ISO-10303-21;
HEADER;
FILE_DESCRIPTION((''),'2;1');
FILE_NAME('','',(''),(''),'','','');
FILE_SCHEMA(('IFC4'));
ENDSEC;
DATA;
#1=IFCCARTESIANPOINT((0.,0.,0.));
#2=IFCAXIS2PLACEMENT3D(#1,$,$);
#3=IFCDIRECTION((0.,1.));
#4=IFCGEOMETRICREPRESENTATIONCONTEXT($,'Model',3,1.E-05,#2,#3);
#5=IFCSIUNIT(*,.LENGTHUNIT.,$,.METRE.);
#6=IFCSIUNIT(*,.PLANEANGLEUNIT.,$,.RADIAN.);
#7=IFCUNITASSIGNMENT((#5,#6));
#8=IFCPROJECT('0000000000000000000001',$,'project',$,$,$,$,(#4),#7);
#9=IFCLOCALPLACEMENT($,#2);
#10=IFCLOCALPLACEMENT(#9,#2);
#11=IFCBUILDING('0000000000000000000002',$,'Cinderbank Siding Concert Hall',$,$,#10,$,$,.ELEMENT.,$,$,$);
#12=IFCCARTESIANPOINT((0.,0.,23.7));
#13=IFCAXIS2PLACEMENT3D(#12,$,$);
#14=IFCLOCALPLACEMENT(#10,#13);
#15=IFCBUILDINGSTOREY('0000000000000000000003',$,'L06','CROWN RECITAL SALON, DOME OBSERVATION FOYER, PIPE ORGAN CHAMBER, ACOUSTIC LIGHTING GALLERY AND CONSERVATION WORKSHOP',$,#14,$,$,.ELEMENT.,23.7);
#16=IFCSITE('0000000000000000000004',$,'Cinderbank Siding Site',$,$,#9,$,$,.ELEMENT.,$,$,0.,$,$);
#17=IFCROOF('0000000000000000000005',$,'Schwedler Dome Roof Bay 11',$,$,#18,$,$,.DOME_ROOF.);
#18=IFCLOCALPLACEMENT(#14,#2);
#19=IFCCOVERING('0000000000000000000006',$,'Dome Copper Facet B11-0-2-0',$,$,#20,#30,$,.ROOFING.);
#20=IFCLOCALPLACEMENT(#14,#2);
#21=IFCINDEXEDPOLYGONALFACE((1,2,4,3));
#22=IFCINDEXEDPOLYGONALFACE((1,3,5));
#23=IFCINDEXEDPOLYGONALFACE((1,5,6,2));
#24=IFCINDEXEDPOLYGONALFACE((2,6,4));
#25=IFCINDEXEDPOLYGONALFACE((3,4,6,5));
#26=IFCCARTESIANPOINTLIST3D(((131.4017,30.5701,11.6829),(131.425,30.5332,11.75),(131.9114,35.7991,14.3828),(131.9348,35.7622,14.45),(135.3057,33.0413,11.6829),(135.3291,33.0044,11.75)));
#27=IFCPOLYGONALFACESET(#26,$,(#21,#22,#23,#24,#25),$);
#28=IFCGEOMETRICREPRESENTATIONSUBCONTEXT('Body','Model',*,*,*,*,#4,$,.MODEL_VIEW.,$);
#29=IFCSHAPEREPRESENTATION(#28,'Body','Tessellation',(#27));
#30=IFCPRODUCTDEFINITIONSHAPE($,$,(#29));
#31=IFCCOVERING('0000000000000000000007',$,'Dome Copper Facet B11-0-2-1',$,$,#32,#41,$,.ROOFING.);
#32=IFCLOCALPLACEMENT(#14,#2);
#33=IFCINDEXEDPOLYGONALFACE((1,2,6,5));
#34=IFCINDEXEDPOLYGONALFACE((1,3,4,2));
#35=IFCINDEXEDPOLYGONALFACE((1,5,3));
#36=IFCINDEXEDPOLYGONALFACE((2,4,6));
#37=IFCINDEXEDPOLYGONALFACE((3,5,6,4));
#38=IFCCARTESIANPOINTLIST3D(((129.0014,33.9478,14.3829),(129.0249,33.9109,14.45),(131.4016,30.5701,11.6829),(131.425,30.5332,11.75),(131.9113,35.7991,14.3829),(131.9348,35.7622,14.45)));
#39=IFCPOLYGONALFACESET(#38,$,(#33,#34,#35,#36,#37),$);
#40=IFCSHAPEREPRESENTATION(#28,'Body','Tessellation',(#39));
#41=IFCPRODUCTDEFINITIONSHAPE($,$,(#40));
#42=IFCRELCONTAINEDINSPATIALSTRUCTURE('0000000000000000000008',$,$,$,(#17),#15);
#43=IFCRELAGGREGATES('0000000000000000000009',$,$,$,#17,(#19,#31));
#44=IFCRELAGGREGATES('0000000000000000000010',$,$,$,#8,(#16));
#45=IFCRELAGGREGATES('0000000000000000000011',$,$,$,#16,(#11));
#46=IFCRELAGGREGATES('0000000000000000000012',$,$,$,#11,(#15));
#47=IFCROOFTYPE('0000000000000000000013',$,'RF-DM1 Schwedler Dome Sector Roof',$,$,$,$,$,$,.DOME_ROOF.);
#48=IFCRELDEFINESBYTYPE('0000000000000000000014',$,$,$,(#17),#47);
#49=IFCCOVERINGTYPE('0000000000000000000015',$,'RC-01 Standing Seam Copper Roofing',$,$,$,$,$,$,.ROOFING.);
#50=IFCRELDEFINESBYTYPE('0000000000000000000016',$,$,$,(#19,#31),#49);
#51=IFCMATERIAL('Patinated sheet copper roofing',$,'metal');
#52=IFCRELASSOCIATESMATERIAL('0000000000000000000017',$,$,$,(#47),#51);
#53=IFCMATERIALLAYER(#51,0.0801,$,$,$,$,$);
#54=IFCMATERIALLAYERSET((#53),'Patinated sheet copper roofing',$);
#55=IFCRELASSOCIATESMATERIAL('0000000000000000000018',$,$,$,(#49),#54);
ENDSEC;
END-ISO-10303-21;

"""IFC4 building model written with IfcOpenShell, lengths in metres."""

from ifc_helpers import new_model, si_unit, direction, frame, origin, place, context, subcontext, project, spatial, polyline, outline, extrude, material, layer, layer_set, type_object, element, aggregate, save


model = new_model("IFC4")

# Units and contexts
model_context = context("Model", 3, precision=1e-05, world=origin(), true_north=direction((0.0, 1.0)))
body_context = subcontext(model_context, "Body", "Model", "MODEL_VIEW")
ifc_project = project(units=[si_unit("LENGTHUNIT", "METRE"), si_unit("PLANEANGLEUNIT", "RADIAN")], contexts=[model_context])

# Site, building, storey
site_placement = place(None, origin())
site = spatial("IfcSite", under=ifc_project, at=site_placement, Name="Cinderbank Siding Site", CompositionType="ELEMENT", RefElevation=0.0)
building_placement = place(site_placement, origin())
building = spatial("IfcBuilding", under=site, at=building_placement, Name="Cinderbank Siding Concert Hall", CompositionType="ELEMENT")
storey_placement = place(building_placement, frame((0.0, 0.0, 23.7)))
storey = spatial("IfcBuildingStorey", under=building, at=storey_placement, Name="L06", Description="CROWN RECITAL SALON, DOME OBSERVATION FOYER, PIPE ORGAN CHAMBER, ACOUSTIC LIGHTING GALLERY AND CONSERVATION WORKSHOP", CompositionType="ELEMENT", Elevation=23.7)

# Roof, coverings
ifc_material_1 = material(Name="Patinated sheet copper roofing", Category="metal")
roof_type = type_object("IfcRoofType", Name="RF-DM1 Schwedler Dome Sector Roof", PredefinedType="DOME_ROOF", material=ifc_material_1)
roof_placement = place(storey_placement, origin())
roof = element("IfcRoof", 1, at=roof_placement, inside=storey, type_object=roof_type, Name="Schwedler Dome Roof Bay 11", PredefinedType="DOME_ROOF")
ifc_layer_1 = layer(ifc_material_1, 0.0801)
ifc_layer_set_1 = layer_set([ifc_layer_1], Name="Patinated sheet copper roofing")
covering_type = type_object("IfcCoveringType", Name="RC-01 Standing Seam Copper Roofing", PredefinedType="ROOFING", material=ifc_layer_set_1)
covering_1_placement = place(storey_placement, frame((131.425, 30.5332, 11.75), z_axis=(0.291884, -0.461126, 0.837954), x_axis=(0.844954, 0.53484, 0.0)))
covering_1 = element("IfcCovering", 2, at=covering_1_placement, type_object=covering_type, Name="Dome Copper Facet B11-0-2-0", PredefinedType="ROOFING", context=body_context, shape_type="SweptSolid", body=[
    extrude(outline(polyline([(0.0, 0.0), (4.6204, 0.0), (3.2274, 4.9473), (0.0, 0.0)])), origin(), (0.0, 0.0, -1.0), 0.0801),
])
covering_2_placement = place(storey_placement, frame((131.425, 30.5332, 11.75), z_axis=(0.293314, -0.461033, 0.837505), x_axis=(0.086299, 0.885229, 0.45708)))
covering_2 = element("IfcCovering", 3, at=covering_2_placement, type_object=covering_type, Name="Dome Copper Facet B11-0-2-1", PredefinedType="ROOFING", context=body_context, shape_type="SweptSolid", body=[
    extrude(outline(polyline([(0.0, 0.0), (5.907, 0.0), (4.017, 2.885), (0.0, 0.0)])), origin(), (0.0, 0.0, -1.0), 0.0801),
])
aggregate(roof, [covering_1, covering_2])

save(model, "model.ifc")
